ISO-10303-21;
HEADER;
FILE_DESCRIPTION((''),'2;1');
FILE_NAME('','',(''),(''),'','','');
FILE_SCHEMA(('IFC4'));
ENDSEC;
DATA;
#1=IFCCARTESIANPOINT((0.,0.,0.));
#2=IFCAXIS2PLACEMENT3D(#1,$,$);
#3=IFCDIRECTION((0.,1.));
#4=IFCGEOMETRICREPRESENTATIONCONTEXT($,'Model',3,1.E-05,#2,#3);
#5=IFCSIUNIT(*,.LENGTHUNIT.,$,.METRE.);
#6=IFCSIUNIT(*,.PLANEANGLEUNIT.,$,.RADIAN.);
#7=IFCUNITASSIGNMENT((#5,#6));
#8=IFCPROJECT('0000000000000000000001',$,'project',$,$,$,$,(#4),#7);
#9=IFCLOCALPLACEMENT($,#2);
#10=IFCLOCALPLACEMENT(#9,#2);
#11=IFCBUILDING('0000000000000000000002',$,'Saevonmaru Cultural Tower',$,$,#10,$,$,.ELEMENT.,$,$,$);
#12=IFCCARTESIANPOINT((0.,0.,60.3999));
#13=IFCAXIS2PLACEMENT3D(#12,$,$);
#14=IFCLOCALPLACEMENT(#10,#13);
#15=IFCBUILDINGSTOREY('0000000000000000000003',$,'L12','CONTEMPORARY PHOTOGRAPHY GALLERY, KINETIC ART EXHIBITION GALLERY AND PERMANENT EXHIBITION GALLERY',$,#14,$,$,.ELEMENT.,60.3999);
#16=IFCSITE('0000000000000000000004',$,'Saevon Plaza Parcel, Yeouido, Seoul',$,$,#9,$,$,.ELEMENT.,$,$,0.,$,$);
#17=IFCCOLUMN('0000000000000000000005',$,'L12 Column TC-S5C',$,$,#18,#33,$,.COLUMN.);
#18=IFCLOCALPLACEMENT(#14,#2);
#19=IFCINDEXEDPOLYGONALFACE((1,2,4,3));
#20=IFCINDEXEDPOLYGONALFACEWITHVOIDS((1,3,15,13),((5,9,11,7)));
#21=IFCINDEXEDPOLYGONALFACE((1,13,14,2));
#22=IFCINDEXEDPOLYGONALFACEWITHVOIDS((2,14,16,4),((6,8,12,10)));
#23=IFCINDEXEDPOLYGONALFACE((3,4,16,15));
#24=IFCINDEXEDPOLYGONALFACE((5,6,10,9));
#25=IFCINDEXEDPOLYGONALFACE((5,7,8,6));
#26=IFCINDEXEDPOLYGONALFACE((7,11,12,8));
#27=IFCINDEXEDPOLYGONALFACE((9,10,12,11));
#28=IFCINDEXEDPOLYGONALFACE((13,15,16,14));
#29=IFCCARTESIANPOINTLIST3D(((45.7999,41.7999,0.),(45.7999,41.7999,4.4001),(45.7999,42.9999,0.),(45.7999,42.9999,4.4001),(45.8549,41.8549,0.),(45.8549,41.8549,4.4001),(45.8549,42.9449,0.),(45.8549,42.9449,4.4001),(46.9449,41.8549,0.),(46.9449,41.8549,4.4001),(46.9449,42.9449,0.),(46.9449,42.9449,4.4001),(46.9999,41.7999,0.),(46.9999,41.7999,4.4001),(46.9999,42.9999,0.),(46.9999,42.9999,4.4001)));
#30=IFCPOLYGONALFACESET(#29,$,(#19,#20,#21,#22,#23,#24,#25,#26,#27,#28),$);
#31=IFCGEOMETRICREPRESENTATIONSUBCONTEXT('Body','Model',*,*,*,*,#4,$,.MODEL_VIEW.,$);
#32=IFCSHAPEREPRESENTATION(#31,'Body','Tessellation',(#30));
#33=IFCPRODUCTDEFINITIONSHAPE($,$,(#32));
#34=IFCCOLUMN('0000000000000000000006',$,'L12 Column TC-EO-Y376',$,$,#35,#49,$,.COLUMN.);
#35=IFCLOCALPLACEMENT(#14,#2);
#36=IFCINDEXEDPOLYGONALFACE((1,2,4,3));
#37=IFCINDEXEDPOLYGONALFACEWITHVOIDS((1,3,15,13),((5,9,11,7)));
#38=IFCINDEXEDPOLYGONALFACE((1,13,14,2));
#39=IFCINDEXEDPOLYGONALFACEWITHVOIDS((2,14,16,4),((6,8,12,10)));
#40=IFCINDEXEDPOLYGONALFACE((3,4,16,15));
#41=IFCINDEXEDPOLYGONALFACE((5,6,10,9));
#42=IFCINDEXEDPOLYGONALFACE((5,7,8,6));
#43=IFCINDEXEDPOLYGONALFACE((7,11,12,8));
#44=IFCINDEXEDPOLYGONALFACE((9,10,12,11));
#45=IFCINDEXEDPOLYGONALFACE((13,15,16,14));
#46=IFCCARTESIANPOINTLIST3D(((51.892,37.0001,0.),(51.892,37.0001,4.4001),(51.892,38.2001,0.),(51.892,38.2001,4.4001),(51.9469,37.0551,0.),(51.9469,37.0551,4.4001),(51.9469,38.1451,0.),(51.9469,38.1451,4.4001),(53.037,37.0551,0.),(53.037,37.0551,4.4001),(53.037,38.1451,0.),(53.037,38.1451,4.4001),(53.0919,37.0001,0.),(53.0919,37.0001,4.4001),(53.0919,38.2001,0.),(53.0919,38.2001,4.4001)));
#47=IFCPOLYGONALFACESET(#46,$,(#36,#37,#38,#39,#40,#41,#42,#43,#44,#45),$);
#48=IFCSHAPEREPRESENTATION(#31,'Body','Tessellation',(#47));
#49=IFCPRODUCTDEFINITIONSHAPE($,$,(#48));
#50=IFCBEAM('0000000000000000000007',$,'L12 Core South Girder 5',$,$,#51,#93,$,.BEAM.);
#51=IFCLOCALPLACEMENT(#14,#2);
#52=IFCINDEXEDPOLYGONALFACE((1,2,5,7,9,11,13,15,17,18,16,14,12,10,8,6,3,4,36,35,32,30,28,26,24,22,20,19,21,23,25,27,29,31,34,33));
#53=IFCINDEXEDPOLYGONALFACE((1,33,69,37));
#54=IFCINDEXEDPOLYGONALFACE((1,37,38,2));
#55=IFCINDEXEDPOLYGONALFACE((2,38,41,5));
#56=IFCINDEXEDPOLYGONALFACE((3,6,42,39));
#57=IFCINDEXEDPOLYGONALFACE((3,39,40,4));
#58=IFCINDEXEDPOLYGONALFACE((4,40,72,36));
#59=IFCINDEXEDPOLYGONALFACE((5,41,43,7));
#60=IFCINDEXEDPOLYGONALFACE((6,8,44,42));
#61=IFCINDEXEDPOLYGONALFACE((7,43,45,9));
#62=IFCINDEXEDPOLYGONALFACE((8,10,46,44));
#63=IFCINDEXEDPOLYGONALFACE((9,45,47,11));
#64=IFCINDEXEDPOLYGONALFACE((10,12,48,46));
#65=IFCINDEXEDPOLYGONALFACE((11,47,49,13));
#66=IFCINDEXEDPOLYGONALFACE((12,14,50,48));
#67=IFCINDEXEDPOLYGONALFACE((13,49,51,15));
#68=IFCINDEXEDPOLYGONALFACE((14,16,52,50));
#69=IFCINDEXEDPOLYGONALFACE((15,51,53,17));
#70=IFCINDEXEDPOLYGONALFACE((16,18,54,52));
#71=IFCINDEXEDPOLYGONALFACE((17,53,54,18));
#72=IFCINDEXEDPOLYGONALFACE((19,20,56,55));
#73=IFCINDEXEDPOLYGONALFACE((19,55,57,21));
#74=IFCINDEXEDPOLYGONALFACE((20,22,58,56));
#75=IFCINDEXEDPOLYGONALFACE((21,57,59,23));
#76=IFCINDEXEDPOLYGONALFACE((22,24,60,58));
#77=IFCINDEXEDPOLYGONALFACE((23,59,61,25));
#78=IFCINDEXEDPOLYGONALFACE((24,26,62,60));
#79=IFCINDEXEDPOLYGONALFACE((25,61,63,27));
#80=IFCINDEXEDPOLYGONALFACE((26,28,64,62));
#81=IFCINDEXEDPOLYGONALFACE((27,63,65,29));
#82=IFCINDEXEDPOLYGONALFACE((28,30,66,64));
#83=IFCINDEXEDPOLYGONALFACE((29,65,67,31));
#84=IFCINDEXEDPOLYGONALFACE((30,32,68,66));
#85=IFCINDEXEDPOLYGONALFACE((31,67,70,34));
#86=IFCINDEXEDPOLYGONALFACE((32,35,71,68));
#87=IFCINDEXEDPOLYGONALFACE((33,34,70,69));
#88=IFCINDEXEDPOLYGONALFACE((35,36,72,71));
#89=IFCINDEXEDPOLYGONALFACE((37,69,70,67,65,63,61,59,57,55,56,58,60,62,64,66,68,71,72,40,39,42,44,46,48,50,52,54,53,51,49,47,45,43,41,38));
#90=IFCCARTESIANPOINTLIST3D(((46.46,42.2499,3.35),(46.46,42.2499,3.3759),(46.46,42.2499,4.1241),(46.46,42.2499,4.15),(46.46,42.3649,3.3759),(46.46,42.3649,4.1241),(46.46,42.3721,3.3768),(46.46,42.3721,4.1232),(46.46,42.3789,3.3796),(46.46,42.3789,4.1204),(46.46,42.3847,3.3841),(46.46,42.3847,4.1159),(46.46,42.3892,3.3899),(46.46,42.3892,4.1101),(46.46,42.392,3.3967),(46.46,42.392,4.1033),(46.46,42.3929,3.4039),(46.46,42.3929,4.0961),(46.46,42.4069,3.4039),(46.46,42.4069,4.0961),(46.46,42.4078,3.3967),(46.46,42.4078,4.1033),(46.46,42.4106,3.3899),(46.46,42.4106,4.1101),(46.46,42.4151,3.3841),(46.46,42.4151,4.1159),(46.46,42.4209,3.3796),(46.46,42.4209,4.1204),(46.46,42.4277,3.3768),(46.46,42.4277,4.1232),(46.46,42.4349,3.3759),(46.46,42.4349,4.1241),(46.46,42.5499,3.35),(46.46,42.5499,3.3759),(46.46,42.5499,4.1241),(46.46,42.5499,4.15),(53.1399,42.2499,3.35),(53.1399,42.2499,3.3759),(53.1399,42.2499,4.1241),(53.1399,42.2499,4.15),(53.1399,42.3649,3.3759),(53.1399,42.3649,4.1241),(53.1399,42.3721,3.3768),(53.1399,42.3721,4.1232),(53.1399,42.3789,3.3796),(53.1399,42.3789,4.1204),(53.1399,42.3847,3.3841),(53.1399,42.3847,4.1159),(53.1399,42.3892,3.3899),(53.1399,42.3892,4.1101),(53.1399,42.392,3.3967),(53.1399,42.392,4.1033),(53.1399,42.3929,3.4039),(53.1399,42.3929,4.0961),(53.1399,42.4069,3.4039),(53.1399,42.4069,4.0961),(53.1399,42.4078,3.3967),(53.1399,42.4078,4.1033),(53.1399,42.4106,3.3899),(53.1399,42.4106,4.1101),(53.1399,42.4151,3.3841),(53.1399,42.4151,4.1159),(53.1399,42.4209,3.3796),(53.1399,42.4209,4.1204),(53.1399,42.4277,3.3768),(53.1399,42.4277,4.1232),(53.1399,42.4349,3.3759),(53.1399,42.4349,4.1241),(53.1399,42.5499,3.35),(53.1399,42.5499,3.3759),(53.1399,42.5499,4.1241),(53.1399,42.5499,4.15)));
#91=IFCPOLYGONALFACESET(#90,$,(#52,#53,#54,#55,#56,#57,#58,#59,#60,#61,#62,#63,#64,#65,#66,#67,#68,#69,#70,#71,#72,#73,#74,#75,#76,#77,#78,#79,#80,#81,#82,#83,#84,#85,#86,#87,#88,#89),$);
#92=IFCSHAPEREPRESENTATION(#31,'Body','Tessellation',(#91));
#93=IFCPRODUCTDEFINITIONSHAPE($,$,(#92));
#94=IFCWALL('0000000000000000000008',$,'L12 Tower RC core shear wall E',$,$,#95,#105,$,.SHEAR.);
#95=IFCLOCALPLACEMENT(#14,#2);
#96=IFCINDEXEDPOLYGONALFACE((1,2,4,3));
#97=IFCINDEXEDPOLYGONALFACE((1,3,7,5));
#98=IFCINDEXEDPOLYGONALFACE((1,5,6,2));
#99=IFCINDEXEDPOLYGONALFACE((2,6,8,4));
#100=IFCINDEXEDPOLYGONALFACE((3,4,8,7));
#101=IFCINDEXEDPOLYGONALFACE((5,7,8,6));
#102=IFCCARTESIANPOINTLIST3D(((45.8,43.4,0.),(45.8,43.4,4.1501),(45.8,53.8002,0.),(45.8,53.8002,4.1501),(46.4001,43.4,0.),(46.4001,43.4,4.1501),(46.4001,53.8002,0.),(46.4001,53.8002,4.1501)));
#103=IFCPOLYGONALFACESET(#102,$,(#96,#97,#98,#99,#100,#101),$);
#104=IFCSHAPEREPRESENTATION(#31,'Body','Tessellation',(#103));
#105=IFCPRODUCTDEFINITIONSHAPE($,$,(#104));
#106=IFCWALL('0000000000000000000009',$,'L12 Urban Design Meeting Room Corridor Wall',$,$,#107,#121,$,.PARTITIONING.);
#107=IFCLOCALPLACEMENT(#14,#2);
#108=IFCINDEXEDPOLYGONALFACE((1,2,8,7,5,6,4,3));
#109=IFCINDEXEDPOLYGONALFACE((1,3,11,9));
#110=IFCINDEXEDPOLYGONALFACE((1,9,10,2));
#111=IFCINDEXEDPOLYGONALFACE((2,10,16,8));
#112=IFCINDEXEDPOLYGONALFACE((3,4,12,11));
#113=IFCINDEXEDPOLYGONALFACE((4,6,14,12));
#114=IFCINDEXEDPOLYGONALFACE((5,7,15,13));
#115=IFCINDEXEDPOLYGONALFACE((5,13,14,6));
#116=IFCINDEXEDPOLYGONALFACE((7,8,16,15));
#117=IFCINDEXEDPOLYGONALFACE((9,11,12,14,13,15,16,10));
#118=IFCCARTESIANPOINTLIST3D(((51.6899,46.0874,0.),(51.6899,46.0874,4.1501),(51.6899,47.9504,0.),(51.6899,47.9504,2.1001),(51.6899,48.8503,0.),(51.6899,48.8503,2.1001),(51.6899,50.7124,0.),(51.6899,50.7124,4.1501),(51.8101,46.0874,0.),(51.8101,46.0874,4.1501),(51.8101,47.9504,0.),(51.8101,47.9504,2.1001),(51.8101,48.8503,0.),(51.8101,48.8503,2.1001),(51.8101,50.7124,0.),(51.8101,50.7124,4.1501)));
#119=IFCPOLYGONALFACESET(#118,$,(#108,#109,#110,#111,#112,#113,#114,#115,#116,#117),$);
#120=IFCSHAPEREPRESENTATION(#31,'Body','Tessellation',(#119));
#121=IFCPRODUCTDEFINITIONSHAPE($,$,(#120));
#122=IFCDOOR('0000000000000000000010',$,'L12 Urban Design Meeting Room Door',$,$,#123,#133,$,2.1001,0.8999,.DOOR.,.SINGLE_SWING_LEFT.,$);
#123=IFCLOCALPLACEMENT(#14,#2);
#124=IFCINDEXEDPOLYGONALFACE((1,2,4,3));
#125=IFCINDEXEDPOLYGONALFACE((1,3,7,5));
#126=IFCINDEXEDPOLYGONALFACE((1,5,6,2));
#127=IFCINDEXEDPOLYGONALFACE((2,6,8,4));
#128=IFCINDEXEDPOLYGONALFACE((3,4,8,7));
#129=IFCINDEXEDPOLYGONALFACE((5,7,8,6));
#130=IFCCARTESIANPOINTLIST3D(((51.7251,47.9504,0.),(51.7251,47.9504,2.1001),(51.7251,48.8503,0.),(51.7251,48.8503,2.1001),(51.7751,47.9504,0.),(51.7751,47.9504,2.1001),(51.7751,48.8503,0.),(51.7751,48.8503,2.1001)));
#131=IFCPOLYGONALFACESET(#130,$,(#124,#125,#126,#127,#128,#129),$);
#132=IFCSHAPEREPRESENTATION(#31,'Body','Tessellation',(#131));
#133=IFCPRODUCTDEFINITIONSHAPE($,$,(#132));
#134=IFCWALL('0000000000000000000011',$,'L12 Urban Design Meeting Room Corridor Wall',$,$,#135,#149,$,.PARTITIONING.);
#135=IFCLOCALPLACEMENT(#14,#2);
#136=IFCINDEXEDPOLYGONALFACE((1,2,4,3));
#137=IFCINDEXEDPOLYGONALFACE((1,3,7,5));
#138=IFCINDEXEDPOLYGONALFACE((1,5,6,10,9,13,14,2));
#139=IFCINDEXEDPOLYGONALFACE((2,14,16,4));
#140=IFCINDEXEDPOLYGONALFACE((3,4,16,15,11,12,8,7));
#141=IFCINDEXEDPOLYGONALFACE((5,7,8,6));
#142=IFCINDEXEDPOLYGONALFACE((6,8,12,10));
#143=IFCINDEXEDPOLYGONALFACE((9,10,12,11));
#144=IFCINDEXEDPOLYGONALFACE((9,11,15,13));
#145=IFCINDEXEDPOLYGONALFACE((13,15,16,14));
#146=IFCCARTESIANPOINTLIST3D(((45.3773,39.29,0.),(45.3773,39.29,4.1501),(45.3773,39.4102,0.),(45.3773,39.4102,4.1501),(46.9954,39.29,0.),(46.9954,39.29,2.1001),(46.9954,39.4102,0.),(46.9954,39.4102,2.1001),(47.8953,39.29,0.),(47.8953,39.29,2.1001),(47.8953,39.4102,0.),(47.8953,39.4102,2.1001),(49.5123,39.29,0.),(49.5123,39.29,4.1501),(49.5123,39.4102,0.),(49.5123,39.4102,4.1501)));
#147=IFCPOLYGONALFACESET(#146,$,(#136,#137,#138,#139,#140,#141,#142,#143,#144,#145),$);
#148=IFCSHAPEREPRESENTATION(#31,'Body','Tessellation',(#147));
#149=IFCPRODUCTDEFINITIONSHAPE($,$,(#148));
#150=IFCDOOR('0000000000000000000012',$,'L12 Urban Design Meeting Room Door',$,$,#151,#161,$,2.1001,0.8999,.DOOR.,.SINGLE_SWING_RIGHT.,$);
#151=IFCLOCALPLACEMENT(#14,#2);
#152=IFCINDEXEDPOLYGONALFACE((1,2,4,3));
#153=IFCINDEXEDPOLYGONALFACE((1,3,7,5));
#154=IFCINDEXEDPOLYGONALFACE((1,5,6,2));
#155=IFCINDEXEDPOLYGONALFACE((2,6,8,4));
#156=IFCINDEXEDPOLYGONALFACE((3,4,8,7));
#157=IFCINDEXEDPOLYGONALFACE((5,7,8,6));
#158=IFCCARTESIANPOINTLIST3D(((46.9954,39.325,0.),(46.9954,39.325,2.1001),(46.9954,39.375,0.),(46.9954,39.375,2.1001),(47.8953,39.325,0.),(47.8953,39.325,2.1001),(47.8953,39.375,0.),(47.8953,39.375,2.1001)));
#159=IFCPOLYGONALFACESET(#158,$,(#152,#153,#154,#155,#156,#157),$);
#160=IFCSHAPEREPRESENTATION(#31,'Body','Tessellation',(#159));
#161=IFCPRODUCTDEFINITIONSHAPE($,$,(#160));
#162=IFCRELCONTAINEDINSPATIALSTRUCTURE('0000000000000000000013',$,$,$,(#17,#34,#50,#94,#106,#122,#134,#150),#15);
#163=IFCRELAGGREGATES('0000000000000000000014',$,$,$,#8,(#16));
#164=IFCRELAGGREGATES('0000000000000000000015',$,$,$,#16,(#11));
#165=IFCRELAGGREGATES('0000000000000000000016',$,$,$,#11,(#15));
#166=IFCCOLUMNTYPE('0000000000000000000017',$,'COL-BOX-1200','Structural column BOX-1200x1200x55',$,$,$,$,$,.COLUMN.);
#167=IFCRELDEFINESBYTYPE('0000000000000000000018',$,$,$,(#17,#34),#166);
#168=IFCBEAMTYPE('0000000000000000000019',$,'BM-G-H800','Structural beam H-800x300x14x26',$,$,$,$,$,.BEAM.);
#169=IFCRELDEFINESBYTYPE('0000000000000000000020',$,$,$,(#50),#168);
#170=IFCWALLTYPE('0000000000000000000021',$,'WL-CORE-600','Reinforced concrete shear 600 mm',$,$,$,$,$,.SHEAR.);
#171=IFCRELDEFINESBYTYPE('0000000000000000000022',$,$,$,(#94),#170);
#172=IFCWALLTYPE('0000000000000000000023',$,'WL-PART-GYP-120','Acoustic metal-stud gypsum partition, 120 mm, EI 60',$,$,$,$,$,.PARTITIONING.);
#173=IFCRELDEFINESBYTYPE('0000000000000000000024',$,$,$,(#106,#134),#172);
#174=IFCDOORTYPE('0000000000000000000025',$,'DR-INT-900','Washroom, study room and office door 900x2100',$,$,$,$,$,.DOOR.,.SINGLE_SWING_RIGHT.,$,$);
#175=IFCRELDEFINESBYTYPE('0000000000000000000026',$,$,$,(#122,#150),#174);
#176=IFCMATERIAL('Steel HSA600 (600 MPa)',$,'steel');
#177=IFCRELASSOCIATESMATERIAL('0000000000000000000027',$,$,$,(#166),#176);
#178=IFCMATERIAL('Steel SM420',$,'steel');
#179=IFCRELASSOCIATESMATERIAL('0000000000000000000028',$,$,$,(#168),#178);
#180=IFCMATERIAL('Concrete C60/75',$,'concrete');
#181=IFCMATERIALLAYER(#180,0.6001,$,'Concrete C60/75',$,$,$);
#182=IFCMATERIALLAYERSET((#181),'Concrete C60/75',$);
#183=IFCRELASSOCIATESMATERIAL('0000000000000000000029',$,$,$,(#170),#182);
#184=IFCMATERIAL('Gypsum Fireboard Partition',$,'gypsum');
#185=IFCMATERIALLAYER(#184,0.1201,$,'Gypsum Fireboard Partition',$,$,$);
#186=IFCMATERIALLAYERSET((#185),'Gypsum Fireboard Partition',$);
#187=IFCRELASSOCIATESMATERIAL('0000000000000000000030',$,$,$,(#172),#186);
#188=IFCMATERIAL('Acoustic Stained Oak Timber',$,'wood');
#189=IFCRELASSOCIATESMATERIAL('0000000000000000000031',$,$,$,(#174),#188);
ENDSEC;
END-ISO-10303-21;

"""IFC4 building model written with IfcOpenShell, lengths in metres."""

from ifc_helpers import new_model, si_unit, direction, frame, frame_2d, origin, origin_2d, place, context, subcontext, project, spatial, rectangle, hollow_rectangle, i_section, extrude, material, layer, layer_set, material_profile, profile_set, type_object, element, fill, save


model = new_model("IFC4")

# Units and contexts
model_context = context("Model", 3, precision=1e-05, world=origin(), true_north=direction((0.0, 1.0)))
body_context = subcontext(model_context, "Body", "Model", "MODEL_VIEW")
ifc_project = project(units=[si_unit("LENGTHUNIT", "METRE"), si_unit("PLANEANGLEUNIT", "RADIAN")], contexts=[model_context])

# Site, building, storey
site_placement = place(None, origin())
site = spatial("IfcSite", under=ifc_project, at=site_placement, Name="Saevon Plaza Parcel, Yeouido, Seoul", CompositionType="ELEMENT", RefElevation=0.0)
building_placement = place(site_placement, origin())
building = spatial("IfcBuilding", under=site, at=building_placement, Name="Saevonmaru Cultural Tower", CompositionType="ELEMENT")
storey_placement = place(building_placement, frame((0.0, 0.0, 60.3999)))
storey = spatial("IfcBuildingStorey", under=building, at=storey_placement, Name="L12", Description="CONTEMPORARY PHOTOGRAPHY GALLERY, KINETIC ART EXHIBITION GALLERY AND PERMANENT EXHIBITION GALLERY", CompositionType="ELEMENT", Elevation=60.3999)

# Columns
ifc_material_1 = material(Name="Steel HSA600 (600 MPa)", Category="steel")
ifc_material_profile_1 = material_profile(ifc_material_1, hollow_rectangle(XDim=1.2, YDim=1.2, WallThickness=0.0549, at=origin_2d()), Name="BOX-1200x1200x55")
ifc_profile_set_1 = profile_set([ifc_material_profile_1], Name="Steel HSA600 (600 MPa)")
column_type = type_object("IfcColumnType", Name="COL-BOX-1200", Description="Structural column BOX-1200x1200x55", PredefinedType="COLUMN", material=ifc_profile_set_1)
for number, where, z_axis, x_axis, name in (
    (1, (46.3999, 42.3999, 0.0), (0.0, 0.0, 1.0), (1.0, 0.0, 0.0), "L12 Column TC-S5C"),
    (2, (52.4919, 37.6001, 0.0), (0.0, 0.0, 1.0), (1.0, 0.0, 0.0), "L12 Column TC-EO-Y376"),
):
    element("IfcColumn", number, at=place(storey_placement, frame(where, z_axis=z_axis, x_axis=x_axis)), inside=storey, type_object=column_type, Name=name, PredefinedType="COLUMN", context=body_context, shape_type="SweptSolid", body=[
        extrude(hollow_rectangle(XDim=1.2, YDim=1.2, WallThickness=0.0549, at=origin_2d()), origin(), (0.0, 0.0, 1.0), 4.4001),
    ])

# Beam
ifc_material_2 = material(Name="Steel SM420", Category="steel")
ifc_material_profile_2 = material_profile(ifc_material_2, i_section(OverallWidth=0.3, OverallDepth=0.8, WebThickness=0.0139, FlangeThickness=0.0259, FilletRadius=0.0281, at=origin_2d()), Name="H-800x300x14x26")
ifc_profile_set_2 = profile_set([ifc_material_profile_2], Name="Steel SM420")
beam_type = type_object("IfcBeamType", Name="BM-G-H800", Description="Structural beam H-800x300x14x26", PredefinedType="BEAM", material=ifc_profile_set_2)
beam_placement = place(storey_placement, frame((46.46, 42.3999, 3.75), z_axis=(1.0, 0.0, 0.0), x_axis=(0.0, 1.0, 0.0)))
element("IfcBeam", 3, at=beam_placement, inside=storey, type_object=beam_type, Name="L12 Core South Girder 5", PredefinedType="BEAM", context=body_context, shape_type="SweptSolid", body=[
    extrude(i_section(OverallWidth=0.3, OverallDepth=0.8, WebThickness=0.0139, FlangeThickness=0.0259, FilletRadius=0.0281, at=origin_2d()), origin(), (0.0, 0.0, 1.0), 6.6799),
])

# Wall
ifc_material_3 = material(Name="Concrete C60/75", Category="concrete")
ifc_layer_1 = layer(ifc_material_3, 0.6001, Name="Concrete C60/75")
ifc_layer_set_1 = layer_set([ifc_layer_1], Name="Concrete C60/75")
wall_type_1 = type_object("IfcWallType", Name="WL-CORE-600", Description="Reinforced concrete shear 600 mm", PredefinedType="SHEAR", material=ifc_layer_set_1)
wall_1_placement = place(storey_placement, frame((46.1001, 43.3999, 0.0), z_axis=(0.0, 0.0, 1.0), x_axis=(0.0, 1.0, 0.0)))
element("IfcWall", 4, at=wall_1_placement, inside=storey, type_object=wall_type_1, Name="L12 Tower RC core shear wall E", PredefinedType="SHEAR", context=body_context, shape_type="SweptSolid", body=[
    extrude(rectangle(XDim=10.4001, YDim=0.6001, at=frame_2d((5.2002, 0.0))), origin(), (0.0, 0.0, 1.0), 4.1501),
])

# Walls, openings, doors
ifc_material_4 = material(Name="Gypsum Fireboard Partition", Category="gypsum")
ifc_material_5 = material(Name="Acoustic Stained Oak Timber", Category="wood")
ifc_layer_2 = layer(ifc_material_4, 0.1201, Name="Gypsum Fireboard Partition")
ifc_layer_set_2 = layer_set([ifc_layer_2], Name="Gypsum Fireboard Partition")
wall_type_2 = type_object("IfcWallType", Name="WL-PART-GYP-120", Description="Acoustic metal-stud gypsum partition, 120 mm, EI 60", PredefinedType="PARTITIONING", material=ifc_layer_set_2)
wall_2_placement = place(storey_placement, frame((51.75, 46.0874, 0.0), z_axis=(0.0, 0.0, 1.0), x_axis=(0.0, 1.0, 0.0)))
wall_2 = element("IfcWall", 5, at=wall_2_placement, inside=storey, type_object=wall_type_2, Name="L12 Urban Design Meeting Room Corridor Wall", PredefinedType="PARTITIONING", context=body_context, shape_type="SweptSolid", body=[
    extrude(rectangle(XDim=4.625, YDim=0.1201, at=frame_2d((2.3125, 0.0))), origin(), (0.0, 0.0, 1.0), 4.1501),
])
opening_1_placement = place(wall_2_placement, frame((1.863, 0.0, 0.0)))
opening_1 = element("IfcOpeningElement", 6, at=opening_1_placement, cuts=wall_2, PredefinedType="OPENING", context=body_context, shape_type="SweptSolid", body=[
    extrude(rectangle(XDim=0.8999, YDim=2.1001, at=frame_2d((0.45, 1.05))), frame((0.0, 0.0701, 0.0), z_axis=(0.0, -1.0, 0.0), x_axis=(1.0, 0.0, 0.0)), (0.0, 0.0, 1.0), 0.1401),
])
door_type_1 = type_object("IfcDoorType", Name="DR-INT-900", Description="Washroom, study room and office door 900x2100", OperationType="SINGLE_SWING_RIGHT", PredefinedType="DOOR", material=ifc_material_5)
door_1_placement = place(opening_1_placement, origin())
door_1 = element("IfcDoor", 7, at=door_1_placement, inside=storey, type_object=door_type_1, Name="L12 Urban Design Meeting Room Door", OperationType="SINGLE_SWING_LEFT", OverallHeight=2.1001, OverallWidth=0.8999, PredefinedType="DOOR", context=body_context, shape_type="SweptSolid", body=[
    extrude(rectangle(XDim=0.8999, YDim=2.1001, at=frame_2d((0.45, 1.05))), frame((0.0, 0.0249, 0.0), z_axis=(0.0, -1.0, 0.0), x_axis=(1.0, 0.0, 0.0)), (0.0, 0.0, 1.0), 0.05),
])
fill(opening_1, door_1)
wall_3_placement = place(storey_placement, frame((45.3774, 39.3501, 0.0), z_axis=(0.0, 0.0, 1.0), x_axis=(1.0, 0.0, 0.0)))
wall_3 = element("IfcWall", 8, at=wall_3_placement, inside=storey, type_object=wall_type_2, Name="L12 Urban Design Meeting Room Corridor Wall", PredefinedType="PARTITIONING", context=body_context, shape_type="SweptSolid", body=[
    extrude(rectangle(XDim=4.135, YDim=0.1201, at=frame_2d((2.0674, 0.0))), origin(), (0.0, 0.0, 1.0), 4.1501),
])
opening_2_placement = place(wall_3_placement, frame((1.6179, 0.0, 0.0)))
opening_2 = element("IfcOpeningElement", 9, at=opening_2_placement, cuts=wall_3, PredefinedType="OPENING", context=body_context, shape_type="SweptSolid", body=[
    extrude(rectangle(XDim=0.8999, YDim=2.1001, at=frame_2d((0.45, 1.05))), frame((0.0, 0.0701, 0.0), z_axis=(0.0, -1.0, 0.0), x_axis=(1.0, 0.0, 0.0)), (0.0, 0.0, 1.0), 0.1401),
])
door_2_placement = place(opening_2_placement, origin())
door_2 = element("IfcDoor", 10, at=door_2_placement, inside=storey, type_object=door_type_1, Name="L12 Urban Design Meeting Room Door", OperationType="SINGLE_SWING_RIGHT", OverallHeight=2.1001, OverallWidth=0.8999, PredefinedType="DOOR", context=body_context, shape_type="SweptSolid", body=[
    extrude(rectangle(XDim=0.8999, YDim=2.1001, at=frame_2d((0.45, 1.05))), frame((0.0, 0.0249, 0.0), z_axis=(0.0, -1.0, 0.0), x_axis=(1.0, 0.0, 0.0)), (0.0, 0.0, 1.0), 0.05),
])
fill(opening_2, door_2)

save(model, "model.ifc")
